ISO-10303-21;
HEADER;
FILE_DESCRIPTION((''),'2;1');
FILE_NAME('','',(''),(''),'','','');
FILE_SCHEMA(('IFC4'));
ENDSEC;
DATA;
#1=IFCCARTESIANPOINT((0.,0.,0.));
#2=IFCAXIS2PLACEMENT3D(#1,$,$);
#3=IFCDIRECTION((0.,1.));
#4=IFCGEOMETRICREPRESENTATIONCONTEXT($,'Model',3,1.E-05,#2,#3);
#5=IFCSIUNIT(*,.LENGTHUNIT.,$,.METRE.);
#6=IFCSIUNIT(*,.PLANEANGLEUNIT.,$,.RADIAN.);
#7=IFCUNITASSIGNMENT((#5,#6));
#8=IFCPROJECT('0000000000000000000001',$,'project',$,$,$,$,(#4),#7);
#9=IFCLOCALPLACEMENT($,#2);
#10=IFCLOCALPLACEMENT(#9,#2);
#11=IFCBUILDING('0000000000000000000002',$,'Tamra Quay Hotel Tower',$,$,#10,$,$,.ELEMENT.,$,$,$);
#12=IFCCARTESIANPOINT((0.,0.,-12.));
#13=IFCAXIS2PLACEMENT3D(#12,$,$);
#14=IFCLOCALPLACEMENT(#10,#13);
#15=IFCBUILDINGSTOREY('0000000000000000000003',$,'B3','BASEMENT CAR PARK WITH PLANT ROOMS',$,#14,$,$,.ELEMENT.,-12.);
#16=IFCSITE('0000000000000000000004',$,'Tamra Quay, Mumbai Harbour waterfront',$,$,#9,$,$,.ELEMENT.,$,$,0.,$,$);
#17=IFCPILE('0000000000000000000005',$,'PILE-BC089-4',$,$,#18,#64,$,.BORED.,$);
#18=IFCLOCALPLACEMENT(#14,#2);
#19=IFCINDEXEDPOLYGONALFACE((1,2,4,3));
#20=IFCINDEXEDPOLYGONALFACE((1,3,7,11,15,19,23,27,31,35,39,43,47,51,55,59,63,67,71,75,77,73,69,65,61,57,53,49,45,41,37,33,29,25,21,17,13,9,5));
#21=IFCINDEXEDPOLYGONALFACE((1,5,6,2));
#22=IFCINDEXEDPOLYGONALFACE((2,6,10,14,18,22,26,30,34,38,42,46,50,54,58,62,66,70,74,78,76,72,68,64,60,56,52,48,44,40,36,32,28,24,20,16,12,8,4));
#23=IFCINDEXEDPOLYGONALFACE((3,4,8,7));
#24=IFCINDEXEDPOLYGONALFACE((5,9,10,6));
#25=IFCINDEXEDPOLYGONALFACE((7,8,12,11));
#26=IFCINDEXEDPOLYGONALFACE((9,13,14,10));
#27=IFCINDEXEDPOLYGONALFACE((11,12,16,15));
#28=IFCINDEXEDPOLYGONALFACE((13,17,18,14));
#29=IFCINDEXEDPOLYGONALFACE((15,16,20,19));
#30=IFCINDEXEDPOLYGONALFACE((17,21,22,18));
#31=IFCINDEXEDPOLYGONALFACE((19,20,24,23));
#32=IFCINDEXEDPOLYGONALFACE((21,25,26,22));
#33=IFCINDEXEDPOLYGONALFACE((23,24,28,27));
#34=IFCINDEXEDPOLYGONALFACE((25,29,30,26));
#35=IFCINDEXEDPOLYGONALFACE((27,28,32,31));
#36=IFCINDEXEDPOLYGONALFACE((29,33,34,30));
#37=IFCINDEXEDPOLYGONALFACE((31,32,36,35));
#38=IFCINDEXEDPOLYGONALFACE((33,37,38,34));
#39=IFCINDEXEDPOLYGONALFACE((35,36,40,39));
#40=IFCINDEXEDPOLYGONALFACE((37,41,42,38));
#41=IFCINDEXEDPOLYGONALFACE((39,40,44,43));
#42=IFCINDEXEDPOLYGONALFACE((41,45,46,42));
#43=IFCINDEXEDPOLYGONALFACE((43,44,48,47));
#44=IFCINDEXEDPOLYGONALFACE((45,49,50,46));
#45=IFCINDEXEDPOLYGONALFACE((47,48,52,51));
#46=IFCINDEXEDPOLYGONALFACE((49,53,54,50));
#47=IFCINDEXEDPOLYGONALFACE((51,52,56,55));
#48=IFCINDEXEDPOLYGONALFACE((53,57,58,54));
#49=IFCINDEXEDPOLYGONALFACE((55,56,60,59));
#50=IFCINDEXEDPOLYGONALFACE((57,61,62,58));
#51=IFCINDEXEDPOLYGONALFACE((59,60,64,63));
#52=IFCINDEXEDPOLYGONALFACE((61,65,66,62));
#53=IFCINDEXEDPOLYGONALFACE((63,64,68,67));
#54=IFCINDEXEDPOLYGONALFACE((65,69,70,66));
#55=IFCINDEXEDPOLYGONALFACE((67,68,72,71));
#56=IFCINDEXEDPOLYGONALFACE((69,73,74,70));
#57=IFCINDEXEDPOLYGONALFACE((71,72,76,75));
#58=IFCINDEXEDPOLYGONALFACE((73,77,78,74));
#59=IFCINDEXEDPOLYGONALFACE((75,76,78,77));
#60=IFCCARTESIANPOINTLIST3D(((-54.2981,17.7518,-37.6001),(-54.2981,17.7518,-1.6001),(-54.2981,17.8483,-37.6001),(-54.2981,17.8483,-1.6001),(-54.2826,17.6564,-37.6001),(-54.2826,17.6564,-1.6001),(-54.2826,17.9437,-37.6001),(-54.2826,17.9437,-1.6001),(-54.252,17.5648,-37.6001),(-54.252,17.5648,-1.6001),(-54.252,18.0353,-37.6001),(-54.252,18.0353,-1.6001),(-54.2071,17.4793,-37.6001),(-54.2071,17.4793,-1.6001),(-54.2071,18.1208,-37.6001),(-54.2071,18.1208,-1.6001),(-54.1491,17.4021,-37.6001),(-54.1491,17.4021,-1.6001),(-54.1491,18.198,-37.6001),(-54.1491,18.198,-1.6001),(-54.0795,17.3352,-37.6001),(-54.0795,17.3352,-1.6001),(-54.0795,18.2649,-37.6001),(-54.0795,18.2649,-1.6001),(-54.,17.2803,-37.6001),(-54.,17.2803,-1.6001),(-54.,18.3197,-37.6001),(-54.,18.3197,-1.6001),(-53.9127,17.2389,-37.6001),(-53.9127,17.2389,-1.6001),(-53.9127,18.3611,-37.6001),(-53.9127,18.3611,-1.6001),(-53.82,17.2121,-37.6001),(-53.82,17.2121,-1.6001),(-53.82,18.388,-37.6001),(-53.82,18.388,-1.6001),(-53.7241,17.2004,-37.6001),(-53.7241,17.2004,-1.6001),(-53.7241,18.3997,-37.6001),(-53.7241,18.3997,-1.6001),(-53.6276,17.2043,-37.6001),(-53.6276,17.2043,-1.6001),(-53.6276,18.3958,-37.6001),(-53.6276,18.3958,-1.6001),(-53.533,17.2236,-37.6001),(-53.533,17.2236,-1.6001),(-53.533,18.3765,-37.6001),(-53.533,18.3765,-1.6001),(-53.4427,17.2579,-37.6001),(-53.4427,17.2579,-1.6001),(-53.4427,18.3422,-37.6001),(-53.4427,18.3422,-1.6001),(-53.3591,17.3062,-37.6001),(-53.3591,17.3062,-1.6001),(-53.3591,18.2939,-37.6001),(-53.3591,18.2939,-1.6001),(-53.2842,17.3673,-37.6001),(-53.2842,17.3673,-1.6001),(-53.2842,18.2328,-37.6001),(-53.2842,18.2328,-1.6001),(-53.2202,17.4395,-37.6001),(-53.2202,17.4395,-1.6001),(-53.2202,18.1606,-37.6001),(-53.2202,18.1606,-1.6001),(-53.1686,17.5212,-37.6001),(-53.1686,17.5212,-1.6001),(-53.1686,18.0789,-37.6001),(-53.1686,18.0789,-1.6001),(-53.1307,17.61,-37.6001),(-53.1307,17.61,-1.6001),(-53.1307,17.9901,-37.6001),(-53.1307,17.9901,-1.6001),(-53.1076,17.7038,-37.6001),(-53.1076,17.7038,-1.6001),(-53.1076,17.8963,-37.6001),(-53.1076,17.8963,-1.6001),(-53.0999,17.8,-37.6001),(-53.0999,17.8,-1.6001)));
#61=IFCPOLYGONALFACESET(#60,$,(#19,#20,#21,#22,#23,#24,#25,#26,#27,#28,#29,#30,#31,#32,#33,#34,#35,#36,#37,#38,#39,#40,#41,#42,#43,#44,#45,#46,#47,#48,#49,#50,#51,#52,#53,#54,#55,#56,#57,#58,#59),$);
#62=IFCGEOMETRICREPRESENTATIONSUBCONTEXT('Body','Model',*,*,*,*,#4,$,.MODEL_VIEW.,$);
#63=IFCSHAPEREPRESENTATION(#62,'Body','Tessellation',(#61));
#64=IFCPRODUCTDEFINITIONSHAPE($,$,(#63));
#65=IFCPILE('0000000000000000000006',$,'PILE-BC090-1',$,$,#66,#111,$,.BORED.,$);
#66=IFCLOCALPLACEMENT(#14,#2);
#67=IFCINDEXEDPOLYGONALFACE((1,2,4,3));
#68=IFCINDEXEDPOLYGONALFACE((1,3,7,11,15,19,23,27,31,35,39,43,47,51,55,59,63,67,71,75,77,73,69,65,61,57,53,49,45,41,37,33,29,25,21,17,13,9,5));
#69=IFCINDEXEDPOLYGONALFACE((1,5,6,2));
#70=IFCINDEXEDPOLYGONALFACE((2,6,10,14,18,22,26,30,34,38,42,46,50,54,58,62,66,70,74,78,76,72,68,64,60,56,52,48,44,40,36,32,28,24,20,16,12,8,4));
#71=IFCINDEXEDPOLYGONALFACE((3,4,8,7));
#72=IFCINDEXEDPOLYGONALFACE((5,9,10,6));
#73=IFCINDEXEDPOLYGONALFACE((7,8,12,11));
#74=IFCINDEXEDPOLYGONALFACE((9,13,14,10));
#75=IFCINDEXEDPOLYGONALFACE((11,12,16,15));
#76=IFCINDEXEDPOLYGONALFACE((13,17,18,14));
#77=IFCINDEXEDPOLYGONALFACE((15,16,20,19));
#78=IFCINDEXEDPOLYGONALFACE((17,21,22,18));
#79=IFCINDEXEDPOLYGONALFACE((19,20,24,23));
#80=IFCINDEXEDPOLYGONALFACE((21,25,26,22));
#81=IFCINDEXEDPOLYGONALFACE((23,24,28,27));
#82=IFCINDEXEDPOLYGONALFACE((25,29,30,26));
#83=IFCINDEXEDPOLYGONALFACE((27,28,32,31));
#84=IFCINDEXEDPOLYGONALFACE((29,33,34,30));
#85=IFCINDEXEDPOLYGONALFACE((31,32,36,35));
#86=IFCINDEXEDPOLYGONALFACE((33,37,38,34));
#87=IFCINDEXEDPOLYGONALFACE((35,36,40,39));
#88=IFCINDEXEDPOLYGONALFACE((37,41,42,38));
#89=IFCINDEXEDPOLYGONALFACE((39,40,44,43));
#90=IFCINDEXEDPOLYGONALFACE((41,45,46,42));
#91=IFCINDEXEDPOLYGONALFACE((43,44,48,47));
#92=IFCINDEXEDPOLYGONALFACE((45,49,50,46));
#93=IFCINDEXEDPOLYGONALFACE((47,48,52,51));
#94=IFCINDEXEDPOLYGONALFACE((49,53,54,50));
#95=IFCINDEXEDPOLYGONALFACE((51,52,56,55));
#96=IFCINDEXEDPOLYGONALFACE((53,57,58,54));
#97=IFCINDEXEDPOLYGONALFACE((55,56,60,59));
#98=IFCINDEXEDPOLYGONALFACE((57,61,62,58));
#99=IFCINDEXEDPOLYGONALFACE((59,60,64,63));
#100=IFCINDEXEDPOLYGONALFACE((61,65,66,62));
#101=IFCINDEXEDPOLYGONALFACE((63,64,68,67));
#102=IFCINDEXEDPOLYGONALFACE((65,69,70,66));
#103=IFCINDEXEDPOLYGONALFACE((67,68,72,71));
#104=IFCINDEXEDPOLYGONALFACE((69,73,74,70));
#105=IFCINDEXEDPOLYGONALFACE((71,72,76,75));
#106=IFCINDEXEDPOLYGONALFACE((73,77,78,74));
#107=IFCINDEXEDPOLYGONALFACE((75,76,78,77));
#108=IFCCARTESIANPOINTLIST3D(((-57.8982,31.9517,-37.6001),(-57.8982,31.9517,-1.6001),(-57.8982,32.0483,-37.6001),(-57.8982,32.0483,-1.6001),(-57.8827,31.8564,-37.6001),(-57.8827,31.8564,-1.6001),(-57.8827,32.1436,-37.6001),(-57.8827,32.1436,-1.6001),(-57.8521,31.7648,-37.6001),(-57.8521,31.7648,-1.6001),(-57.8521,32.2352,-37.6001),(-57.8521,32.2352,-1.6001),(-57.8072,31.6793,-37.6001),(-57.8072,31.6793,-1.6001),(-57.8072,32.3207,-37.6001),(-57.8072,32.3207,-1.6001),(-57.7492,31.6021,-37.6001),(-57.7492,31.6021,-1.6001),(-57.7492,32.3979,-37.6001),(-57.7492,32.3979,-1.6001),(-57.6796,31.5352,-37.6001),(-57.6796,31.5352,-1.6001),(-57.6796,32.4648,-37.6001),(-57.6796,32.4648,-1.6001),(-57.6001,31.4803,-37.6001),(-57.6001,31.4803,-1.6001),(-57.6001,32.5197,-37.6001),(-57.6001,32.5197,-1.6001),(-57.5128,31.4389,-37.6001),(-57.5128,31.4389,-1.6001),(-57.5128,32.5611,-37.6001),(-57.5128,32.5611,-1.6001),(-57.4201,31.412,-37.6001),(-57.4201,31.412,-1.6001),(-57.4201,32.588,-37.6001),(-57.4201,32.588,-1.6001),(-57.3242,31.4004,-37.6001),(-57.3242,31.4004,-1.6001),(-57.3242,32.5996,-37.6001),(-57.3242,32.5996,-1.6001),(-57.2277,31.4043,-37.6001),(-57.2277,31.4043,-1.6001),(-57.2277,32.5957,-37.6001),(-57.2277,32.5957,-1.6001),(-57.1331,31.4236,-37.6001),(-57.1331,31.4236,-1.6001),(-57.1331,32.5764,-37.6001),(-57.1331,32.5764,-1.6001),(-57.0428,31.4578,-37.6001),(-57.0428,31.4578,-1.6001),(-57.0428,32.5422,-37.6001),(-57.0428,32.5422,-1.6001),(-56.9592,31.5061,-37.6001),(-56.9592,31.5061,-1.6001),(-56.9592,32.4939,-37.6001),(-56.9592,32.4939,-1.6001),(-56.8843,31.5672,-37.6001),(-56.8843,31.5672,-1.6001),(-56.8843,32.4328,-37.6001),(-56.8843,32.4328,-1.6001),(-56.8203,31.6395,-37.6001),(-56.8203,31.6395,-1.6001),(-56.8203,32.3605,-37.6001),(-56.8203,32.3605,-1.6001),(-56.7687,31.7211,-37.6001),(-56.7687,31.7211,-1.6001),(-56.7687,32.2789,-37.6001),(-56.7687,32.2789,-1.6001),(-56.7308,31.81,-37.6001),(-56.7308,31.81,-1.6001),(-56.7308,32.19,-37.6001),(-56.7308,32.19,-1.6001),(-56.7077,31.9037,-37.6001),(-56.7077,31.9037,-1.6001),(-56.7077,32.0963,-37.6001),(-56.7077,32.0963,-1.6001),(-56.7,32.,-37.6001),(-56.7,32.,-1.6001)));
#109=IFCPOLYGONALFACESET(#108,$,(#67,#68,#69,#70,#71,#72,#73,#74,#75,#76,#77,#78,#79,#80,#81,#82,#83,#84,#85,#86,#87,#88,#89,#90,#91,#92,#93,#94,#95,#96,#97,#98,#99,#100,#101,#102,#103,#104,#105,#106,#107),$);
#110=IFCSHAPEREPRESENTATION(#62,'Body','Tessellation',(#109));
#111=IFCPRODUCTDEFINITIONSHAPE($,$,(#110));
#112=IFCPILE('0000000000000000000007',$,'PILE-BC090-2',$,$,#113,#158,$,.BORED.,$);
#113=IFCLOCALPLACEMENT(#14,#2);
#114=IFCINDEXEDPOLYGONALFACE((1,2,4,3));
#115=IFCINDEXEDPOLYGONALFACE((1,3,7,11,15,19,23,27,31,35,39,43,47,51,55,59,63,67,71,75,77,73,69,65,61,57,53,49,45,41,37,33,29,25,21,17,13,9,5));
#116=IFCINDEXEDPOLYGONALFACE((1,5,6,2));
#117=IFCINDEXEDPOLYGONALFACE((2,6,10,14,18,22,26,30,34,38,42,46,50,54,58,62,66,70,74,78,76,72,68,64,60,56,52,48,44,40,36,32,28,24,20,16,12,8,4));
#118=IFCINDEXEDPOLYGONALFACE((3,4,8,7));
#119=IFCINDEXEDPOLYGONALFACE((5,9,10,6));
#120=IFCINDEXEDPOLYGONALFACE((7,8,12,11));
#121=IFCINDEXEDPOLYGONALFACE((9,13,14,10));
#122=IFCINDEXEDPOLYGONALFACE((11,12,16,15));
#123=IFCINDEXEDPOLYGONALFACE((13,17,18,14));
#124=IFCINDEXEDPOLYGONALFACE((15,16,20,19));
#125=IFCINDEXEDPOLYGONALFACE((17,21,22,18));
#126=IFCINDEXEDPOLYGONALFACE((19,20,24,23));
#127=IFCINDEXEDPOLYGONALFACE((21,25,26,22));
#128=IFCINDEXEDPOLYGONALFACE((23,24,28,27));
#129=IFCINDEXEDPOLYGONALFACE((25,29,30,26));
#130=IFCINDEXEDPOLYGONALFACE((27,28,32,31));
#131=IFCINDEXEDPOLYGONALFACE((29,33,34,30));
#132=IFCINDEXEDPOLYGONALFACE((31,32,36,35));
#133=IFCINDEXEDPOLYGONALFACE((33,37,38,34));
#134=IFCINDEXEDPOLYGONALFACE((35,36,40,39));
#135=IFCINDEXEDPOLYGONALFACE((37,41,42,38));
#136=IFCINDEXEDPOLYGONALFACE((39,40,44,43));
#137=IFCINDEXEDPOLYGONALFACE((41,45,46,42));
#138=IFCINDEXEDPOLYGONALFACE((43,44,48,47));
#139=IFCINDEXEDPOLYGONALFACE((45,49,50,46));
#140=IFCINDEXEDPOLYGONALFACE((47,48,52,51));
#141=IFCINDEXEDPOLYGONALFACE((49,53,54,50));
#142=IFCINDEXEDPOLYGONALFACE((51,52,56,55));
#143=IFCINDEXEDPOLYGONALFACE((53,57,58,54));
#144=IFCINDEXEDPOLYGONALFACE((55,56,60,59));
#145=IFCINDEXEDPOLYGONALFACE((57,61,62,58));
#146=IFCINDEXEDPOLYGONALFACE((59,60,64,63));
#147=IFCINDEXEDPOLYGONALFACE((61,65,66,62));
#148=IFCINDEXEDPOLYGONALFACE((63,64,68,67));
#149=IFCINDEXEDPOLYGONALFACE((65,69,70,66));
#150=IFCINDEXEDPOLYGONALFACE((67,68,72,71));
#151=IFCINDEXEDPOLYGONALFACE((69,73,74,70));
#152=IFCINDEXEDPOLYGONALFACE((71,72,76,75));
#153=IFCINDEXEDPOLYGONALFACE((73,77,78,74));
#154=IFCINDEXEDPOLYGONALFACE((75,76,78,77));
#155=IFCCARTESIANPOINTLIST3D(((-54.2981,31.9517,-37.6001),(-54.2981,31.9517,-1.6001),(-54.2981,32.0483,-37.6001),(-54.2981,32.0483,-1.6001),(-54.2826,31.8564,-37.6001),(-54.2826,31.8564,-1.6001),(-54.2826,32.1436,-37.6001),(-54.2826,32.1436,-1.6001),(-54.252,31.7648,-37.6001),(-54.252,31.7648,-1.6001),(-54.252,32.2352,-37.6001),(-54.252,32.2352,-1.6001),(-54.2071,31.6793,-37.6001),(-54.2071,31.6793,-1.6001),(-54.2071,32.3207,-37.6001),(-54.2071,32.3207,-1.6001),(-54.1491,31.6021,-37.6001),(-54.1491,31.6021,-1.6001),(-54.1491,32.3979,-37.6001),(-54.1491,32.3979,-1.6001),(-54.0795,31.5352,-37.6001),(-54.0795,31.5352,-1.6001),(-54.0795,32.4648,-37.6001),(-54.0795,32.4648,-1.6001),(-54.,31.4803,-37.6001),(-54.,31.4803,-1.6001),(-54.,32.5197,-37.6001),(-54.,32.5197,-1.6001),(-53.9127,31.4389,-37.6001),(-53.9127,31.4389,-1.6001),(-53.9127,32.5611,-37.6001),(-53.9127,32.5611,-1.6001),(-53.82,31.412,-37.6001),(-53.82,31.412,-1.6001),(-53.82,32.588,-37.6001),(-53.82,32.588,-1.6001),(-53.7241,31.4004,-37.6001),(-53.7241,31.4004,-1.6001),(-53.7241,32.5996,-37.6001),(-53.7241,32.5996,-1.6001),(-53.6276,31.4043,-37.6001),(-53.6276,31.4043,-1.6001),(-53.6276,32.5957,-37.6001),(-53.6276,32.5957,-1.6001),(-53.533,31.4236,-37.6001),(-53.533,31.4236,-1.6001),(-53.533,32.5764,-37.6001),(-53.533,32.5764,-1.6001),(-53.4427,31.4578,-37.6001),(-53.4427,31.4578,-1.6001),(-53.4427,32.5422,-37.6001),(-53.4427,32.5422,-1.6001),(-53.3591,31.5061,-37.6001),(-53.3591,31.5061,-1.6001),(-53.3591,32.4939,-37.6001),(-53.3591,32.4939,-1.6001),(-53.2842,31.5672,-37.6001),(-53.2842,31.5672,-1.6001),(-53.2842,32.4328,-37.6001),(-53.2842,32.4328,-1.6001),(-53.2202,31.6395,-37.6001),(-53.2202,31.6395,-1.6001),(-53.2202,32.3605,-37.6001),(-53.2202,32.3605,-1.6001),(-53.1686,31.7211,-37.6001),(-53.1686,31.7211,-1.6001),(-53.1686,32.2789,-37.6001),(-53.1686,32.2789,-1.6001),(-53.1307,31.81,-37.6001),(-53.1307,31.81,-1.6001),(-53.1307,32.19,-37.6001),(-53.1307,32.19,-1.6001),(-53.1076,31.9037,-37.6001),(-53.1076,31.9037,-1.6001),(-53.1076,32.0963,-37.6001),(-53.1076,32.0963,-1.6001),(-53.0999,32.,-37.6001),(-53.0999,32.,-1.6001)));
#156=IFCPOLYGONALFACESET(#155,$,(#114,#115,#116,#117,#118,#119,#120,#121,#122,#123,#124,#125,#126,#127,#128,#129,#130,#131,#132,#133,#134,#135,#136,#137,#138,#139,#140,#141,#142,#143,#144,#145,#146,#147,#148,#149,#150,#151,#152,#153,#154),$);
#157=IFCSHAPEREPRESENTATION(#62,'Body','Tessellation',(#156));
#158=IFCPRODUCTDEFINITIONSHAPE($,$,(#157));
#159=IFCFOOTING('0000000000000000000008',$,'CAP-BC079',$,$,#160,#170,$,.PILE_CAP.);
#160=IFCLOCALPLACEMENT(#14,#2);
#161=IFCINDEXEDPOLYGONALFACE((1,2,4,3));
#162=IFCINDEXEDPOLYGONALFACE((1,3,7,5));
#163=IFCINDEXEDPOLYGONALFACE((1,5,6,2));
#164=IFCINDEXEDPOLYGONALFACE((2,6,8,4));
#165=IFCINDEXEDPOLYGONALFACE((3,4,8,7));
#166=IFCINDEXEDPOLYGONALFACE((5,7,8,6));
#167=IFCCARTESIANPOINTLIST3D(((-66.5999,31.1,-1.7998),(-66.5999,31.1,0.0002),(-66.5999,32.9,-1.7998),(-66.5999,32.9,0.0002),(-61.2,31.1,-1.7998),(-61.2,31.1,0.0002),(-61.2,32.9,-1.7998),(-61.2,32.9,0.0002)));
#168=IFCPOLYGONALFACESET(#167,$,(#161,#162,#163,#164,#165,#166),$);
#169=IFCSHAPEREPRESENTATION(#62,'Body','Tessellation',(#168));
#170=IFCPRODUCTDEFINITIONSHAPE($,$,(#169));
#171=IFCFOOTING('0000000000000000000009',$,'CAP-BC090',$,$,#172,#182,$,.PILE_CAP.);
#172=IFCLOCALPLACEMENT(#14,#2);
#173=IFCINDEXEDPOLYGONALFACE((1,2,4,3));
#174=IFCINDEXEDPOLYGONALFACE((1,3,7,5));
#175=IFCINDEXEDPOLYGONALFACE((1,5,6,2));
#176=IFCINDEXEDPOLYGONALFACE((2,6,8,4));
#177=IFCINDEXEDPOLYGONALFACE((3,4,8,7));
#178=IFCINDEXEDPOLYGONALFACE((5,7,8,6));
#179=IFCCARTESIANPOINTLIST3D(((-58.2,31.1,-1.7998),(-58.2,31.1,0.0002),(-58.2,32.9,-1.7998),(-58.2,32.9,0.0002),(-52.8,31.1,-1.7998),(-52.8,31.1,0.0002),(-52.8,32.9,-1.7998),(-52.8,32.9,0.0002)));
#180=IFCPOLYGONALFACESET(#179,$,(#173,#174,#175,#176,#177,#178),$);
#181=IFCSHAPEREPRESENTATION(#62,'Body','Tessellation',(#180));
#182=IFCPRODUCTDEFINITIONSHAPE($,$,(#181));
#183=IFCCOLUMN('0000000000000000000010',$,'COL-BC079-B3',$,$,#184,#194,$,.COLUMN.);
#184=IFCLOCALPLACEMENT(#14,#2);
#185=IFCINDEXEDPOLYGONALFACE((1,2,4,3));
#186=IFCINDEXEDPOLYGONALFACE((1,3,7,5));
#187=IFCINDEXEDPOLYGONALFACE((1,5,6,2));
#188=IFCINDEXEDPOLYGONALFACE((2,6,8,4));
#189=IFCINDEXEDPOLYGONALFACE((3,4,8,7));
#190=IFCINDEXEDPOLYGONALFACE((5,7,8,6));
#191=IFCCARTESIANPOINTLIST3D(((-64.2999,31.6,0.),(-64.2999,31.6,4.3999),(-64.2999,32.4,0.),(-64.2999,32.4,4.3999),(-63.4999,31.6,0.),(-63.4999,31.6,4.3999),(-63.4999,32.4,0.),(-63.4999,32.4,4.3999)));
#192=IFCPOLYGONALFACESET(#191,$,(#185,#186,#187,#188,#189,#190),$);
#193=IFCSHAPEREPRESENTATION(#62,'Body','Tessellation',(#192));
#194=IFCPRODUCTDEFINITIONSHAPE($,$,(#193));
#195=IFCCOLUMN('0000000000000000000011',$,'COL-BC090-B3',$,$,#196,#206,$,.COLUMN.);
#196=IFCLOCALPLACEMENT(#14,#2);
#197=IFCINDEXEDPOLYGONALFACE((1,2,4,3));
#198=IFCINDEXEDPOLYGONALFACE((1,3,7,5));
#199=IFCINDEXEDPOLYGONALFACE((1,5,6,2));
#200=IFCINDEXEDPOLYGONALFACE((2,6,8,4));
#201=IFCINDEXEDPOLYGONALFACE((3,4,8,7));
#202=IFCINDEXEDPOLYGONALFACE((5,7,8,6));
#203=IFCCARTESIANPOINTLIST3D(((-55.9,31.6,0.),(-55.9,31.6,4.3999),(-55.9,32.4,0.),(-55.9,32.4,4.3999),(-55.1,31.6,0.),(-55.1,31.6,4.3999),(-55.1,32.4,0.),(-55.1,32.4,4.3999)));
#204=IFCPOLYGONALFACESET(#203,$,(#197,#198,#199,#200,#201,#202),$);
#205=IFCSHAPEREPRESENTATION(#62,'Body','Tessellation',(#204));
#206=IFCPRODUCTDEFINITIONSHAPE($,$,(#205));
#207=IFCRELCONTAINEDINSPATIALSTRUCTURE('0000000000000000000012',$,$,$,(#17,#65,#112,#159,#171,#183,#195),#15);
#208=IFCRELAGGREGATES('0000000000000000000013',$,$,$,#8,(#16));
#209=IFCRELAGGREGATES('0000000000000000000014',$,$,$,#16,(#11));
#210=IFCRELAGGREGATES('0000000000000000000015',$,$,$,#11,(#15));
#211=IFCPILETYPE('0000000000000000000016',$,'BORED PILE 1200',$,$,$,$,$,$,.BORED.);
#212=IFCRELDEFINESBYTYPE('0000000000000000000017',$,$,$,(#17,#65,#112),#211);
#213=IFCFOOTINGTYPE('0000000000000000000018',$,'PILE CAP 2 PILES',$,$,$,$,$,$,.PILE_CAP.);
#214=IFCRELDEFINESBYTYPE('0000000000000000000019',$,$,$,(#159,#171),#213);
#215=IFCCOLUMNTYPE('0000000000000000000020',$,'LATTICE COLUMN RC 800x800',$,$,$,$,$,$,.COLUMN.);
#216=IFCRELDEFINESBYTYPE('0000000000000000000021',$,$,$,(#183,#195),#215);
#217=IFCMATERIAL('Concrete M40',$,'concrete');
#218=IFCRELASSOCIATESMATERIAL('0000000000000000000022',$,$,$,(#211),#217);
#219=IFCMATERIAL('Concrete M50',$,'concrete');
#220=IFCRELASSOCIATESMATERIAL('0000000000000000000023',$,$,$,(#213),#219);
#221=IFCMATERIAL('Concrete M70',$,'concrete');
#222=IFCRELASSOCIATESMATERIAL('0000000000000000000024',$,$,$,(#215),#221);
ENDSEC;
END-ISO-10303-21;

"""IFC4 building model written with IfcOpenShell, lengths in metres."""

from ifc_helpers import new_model, si_unit, direction, frame, origin, origin_2d, place, context, subcontext, project, spatial, rectangle, circle, extrude, material, material_profile, profile_set, type_object, element, save


model = new_model("IFC4")

# Units and contexts
model_context = context("Model", 3, precision=1e-05, world=origin(), true_north=direction((0.0, 1.0)))
body_context = subcontext(model_context, "Body", "Model", "MODEL_VIEW")
ifc_project = project(units=[si_unit("LENGTHUNIT", "METRE"), si_unit("PLANEANGLEUNIT", "RADIAN")], contexts=[model_context])

# Site, building, storey
site_placement = place(None, origin())
site = spatial("IfcSite", under=ifc_project, at=site_placement, Name="Tamra Quay, Mumbai Harbour waterfront", CompositionType="ELEMENT", RefElevation=0.0)
building_placement = place(site_placement, origin())
building = spatial("IfcBuilding", under=site, at=building_placement, Name="Tamra Quay Hotel Tower", CompositionType="ELEMENT")
storey_placement = place(building_placement, frame((0.0, 0.0, -12.0)))
storey = spatial("IfcBuildingStorey", under=building, at=storey_placement, Name="B3", Description="BASEMENT CAR PARK WITH PLANT ROOMS", CompositionType="ELEMENT", Elevation=-12.0)

# Piles
ifc_material_1 = material(Name="Concrete M40", Category="concrete")
ifc_material_profile_1 = material_profile(ifc_material_1, circle(Radius=0.6001, at=origin_2d()), Name="BORED PILE 1200")
ifc_profile_set_1 = profile_set([ifc_material_profile_1], Name="Concrete M40")
pile_type = type_object("IfcPileType", Name="BORED PILE 1200", PredefinedType="BORED", material=ifc_profile_set_1)
for number, where, z_axis, x_axis, name in (
    (1, (-53.7, 17.8, -1.6001), (0.0, 0.0, -1.0), (1.0, 0.0, 0.0), "PILE-BC089-4"),
    (2, (-57.3, 32.0, -1.6001), (0.0, 0.0, -1.0), (1.0, 0.0, 0.0), "PILE-BC090-1"),
    (3, (-53.7, 32.0, -1.6001), (0.0, 0.0, -1.0), (1.0, 0.0, 0.0), "PILE-BC090-2"),
):
    element("IfcPile", number, at=place(storey_placement, frame(where, z_axis=z_axis, x_axis=x_axis)), inside=storey, type_object=pile_type, Name=name, PredefinedType="BORED", context=body_context, shape_type="SweptSolid", body=[
        extrude(circle(Radius=0.6001, at=origin_2d()), origin(), (0.0, 0.0, 1.0), 36.0),
    ])

# Footings
ifc_material_2 = material(Name="Concrete M50", Category="concrete")
footing_type = type_object("IfcFootingType", Name="PILE CAP 2 PILES", PredefinedType="PILE_CAP", material=ifc_material_2)
for number, where, z_axis, x_axis, name in (
    (4, (-63.8999, 32.0, -1.7998), (0.0, 0.0, 1.0), (1.0, 0.0, 0.0), "CAP-BC079"),
    (5, (-55.5, 32.0, -1.7998), (0.0, 0.0, 1.0), (1.0, 0.0, 0.0), "CAP-BC090"),
):
    element("IfcFooting", number, at=place(storey_placement, frame(where, z_axis=z_axis, x_axis=x_axis)), inside=storey, type_object=footing_type, Name=name, PredefinedType="PILE_CAP", context=body_context, shape_type="SweptSolid", body=[
        extrude(rectangle(XDim=5.3999, YDim=1.8, at=origin_2d()), origin(), (0.0, 0.0, 1.0), 1.8),
    ])

# Columns
ifc_material_3 = material(Name="Concrete M70", Category="concrete")
ifc_material_profile_2 = material_profile(ifc_material_3, rectangle(XDim=0.8, YDim=0.8, at=origin_2d()), Name="LATTICE COLUMN RC 800x800")
ifc_profile_set_2 = profile_set([ifc_material_profile_2], Name="Concrete M70")
column_type = type_object("IfcColumnType", Name="LATTICE COLUMN RC 800x800", PredefinedType="COLUMN", material=ifc_profile_set_2)
for number, where, z_axis, x_axis, name in (
    (6, (-63.8999, 32.0, 0.0), (0.0, 0.0, 1.0), (1.0, 0.0, 0.0), "COL-BC079-B3"),
    (7, (-55.5, 32.0, 0.0), (0.0, 0.0, 1.0), (1.0, 0.0, 0.0), "COL-BC090-B3"),
):
    element("IfcColumn", number, at=place(storey_placement, frame(where, z_axis=z_axis, x_axis=x_axis)), inside=storey, type_object=column_type, Name=name, PredefinedType="COLUMN", context=body_context, shape_type="SweptSolid", body=[
        extrude(rectangle(XDim=0.8, YDim=0.8, at=origin_2d()), origin(), (0.0, 0.0, 1.0), 4.3999),
    ])

save(model, "model.ifc")
